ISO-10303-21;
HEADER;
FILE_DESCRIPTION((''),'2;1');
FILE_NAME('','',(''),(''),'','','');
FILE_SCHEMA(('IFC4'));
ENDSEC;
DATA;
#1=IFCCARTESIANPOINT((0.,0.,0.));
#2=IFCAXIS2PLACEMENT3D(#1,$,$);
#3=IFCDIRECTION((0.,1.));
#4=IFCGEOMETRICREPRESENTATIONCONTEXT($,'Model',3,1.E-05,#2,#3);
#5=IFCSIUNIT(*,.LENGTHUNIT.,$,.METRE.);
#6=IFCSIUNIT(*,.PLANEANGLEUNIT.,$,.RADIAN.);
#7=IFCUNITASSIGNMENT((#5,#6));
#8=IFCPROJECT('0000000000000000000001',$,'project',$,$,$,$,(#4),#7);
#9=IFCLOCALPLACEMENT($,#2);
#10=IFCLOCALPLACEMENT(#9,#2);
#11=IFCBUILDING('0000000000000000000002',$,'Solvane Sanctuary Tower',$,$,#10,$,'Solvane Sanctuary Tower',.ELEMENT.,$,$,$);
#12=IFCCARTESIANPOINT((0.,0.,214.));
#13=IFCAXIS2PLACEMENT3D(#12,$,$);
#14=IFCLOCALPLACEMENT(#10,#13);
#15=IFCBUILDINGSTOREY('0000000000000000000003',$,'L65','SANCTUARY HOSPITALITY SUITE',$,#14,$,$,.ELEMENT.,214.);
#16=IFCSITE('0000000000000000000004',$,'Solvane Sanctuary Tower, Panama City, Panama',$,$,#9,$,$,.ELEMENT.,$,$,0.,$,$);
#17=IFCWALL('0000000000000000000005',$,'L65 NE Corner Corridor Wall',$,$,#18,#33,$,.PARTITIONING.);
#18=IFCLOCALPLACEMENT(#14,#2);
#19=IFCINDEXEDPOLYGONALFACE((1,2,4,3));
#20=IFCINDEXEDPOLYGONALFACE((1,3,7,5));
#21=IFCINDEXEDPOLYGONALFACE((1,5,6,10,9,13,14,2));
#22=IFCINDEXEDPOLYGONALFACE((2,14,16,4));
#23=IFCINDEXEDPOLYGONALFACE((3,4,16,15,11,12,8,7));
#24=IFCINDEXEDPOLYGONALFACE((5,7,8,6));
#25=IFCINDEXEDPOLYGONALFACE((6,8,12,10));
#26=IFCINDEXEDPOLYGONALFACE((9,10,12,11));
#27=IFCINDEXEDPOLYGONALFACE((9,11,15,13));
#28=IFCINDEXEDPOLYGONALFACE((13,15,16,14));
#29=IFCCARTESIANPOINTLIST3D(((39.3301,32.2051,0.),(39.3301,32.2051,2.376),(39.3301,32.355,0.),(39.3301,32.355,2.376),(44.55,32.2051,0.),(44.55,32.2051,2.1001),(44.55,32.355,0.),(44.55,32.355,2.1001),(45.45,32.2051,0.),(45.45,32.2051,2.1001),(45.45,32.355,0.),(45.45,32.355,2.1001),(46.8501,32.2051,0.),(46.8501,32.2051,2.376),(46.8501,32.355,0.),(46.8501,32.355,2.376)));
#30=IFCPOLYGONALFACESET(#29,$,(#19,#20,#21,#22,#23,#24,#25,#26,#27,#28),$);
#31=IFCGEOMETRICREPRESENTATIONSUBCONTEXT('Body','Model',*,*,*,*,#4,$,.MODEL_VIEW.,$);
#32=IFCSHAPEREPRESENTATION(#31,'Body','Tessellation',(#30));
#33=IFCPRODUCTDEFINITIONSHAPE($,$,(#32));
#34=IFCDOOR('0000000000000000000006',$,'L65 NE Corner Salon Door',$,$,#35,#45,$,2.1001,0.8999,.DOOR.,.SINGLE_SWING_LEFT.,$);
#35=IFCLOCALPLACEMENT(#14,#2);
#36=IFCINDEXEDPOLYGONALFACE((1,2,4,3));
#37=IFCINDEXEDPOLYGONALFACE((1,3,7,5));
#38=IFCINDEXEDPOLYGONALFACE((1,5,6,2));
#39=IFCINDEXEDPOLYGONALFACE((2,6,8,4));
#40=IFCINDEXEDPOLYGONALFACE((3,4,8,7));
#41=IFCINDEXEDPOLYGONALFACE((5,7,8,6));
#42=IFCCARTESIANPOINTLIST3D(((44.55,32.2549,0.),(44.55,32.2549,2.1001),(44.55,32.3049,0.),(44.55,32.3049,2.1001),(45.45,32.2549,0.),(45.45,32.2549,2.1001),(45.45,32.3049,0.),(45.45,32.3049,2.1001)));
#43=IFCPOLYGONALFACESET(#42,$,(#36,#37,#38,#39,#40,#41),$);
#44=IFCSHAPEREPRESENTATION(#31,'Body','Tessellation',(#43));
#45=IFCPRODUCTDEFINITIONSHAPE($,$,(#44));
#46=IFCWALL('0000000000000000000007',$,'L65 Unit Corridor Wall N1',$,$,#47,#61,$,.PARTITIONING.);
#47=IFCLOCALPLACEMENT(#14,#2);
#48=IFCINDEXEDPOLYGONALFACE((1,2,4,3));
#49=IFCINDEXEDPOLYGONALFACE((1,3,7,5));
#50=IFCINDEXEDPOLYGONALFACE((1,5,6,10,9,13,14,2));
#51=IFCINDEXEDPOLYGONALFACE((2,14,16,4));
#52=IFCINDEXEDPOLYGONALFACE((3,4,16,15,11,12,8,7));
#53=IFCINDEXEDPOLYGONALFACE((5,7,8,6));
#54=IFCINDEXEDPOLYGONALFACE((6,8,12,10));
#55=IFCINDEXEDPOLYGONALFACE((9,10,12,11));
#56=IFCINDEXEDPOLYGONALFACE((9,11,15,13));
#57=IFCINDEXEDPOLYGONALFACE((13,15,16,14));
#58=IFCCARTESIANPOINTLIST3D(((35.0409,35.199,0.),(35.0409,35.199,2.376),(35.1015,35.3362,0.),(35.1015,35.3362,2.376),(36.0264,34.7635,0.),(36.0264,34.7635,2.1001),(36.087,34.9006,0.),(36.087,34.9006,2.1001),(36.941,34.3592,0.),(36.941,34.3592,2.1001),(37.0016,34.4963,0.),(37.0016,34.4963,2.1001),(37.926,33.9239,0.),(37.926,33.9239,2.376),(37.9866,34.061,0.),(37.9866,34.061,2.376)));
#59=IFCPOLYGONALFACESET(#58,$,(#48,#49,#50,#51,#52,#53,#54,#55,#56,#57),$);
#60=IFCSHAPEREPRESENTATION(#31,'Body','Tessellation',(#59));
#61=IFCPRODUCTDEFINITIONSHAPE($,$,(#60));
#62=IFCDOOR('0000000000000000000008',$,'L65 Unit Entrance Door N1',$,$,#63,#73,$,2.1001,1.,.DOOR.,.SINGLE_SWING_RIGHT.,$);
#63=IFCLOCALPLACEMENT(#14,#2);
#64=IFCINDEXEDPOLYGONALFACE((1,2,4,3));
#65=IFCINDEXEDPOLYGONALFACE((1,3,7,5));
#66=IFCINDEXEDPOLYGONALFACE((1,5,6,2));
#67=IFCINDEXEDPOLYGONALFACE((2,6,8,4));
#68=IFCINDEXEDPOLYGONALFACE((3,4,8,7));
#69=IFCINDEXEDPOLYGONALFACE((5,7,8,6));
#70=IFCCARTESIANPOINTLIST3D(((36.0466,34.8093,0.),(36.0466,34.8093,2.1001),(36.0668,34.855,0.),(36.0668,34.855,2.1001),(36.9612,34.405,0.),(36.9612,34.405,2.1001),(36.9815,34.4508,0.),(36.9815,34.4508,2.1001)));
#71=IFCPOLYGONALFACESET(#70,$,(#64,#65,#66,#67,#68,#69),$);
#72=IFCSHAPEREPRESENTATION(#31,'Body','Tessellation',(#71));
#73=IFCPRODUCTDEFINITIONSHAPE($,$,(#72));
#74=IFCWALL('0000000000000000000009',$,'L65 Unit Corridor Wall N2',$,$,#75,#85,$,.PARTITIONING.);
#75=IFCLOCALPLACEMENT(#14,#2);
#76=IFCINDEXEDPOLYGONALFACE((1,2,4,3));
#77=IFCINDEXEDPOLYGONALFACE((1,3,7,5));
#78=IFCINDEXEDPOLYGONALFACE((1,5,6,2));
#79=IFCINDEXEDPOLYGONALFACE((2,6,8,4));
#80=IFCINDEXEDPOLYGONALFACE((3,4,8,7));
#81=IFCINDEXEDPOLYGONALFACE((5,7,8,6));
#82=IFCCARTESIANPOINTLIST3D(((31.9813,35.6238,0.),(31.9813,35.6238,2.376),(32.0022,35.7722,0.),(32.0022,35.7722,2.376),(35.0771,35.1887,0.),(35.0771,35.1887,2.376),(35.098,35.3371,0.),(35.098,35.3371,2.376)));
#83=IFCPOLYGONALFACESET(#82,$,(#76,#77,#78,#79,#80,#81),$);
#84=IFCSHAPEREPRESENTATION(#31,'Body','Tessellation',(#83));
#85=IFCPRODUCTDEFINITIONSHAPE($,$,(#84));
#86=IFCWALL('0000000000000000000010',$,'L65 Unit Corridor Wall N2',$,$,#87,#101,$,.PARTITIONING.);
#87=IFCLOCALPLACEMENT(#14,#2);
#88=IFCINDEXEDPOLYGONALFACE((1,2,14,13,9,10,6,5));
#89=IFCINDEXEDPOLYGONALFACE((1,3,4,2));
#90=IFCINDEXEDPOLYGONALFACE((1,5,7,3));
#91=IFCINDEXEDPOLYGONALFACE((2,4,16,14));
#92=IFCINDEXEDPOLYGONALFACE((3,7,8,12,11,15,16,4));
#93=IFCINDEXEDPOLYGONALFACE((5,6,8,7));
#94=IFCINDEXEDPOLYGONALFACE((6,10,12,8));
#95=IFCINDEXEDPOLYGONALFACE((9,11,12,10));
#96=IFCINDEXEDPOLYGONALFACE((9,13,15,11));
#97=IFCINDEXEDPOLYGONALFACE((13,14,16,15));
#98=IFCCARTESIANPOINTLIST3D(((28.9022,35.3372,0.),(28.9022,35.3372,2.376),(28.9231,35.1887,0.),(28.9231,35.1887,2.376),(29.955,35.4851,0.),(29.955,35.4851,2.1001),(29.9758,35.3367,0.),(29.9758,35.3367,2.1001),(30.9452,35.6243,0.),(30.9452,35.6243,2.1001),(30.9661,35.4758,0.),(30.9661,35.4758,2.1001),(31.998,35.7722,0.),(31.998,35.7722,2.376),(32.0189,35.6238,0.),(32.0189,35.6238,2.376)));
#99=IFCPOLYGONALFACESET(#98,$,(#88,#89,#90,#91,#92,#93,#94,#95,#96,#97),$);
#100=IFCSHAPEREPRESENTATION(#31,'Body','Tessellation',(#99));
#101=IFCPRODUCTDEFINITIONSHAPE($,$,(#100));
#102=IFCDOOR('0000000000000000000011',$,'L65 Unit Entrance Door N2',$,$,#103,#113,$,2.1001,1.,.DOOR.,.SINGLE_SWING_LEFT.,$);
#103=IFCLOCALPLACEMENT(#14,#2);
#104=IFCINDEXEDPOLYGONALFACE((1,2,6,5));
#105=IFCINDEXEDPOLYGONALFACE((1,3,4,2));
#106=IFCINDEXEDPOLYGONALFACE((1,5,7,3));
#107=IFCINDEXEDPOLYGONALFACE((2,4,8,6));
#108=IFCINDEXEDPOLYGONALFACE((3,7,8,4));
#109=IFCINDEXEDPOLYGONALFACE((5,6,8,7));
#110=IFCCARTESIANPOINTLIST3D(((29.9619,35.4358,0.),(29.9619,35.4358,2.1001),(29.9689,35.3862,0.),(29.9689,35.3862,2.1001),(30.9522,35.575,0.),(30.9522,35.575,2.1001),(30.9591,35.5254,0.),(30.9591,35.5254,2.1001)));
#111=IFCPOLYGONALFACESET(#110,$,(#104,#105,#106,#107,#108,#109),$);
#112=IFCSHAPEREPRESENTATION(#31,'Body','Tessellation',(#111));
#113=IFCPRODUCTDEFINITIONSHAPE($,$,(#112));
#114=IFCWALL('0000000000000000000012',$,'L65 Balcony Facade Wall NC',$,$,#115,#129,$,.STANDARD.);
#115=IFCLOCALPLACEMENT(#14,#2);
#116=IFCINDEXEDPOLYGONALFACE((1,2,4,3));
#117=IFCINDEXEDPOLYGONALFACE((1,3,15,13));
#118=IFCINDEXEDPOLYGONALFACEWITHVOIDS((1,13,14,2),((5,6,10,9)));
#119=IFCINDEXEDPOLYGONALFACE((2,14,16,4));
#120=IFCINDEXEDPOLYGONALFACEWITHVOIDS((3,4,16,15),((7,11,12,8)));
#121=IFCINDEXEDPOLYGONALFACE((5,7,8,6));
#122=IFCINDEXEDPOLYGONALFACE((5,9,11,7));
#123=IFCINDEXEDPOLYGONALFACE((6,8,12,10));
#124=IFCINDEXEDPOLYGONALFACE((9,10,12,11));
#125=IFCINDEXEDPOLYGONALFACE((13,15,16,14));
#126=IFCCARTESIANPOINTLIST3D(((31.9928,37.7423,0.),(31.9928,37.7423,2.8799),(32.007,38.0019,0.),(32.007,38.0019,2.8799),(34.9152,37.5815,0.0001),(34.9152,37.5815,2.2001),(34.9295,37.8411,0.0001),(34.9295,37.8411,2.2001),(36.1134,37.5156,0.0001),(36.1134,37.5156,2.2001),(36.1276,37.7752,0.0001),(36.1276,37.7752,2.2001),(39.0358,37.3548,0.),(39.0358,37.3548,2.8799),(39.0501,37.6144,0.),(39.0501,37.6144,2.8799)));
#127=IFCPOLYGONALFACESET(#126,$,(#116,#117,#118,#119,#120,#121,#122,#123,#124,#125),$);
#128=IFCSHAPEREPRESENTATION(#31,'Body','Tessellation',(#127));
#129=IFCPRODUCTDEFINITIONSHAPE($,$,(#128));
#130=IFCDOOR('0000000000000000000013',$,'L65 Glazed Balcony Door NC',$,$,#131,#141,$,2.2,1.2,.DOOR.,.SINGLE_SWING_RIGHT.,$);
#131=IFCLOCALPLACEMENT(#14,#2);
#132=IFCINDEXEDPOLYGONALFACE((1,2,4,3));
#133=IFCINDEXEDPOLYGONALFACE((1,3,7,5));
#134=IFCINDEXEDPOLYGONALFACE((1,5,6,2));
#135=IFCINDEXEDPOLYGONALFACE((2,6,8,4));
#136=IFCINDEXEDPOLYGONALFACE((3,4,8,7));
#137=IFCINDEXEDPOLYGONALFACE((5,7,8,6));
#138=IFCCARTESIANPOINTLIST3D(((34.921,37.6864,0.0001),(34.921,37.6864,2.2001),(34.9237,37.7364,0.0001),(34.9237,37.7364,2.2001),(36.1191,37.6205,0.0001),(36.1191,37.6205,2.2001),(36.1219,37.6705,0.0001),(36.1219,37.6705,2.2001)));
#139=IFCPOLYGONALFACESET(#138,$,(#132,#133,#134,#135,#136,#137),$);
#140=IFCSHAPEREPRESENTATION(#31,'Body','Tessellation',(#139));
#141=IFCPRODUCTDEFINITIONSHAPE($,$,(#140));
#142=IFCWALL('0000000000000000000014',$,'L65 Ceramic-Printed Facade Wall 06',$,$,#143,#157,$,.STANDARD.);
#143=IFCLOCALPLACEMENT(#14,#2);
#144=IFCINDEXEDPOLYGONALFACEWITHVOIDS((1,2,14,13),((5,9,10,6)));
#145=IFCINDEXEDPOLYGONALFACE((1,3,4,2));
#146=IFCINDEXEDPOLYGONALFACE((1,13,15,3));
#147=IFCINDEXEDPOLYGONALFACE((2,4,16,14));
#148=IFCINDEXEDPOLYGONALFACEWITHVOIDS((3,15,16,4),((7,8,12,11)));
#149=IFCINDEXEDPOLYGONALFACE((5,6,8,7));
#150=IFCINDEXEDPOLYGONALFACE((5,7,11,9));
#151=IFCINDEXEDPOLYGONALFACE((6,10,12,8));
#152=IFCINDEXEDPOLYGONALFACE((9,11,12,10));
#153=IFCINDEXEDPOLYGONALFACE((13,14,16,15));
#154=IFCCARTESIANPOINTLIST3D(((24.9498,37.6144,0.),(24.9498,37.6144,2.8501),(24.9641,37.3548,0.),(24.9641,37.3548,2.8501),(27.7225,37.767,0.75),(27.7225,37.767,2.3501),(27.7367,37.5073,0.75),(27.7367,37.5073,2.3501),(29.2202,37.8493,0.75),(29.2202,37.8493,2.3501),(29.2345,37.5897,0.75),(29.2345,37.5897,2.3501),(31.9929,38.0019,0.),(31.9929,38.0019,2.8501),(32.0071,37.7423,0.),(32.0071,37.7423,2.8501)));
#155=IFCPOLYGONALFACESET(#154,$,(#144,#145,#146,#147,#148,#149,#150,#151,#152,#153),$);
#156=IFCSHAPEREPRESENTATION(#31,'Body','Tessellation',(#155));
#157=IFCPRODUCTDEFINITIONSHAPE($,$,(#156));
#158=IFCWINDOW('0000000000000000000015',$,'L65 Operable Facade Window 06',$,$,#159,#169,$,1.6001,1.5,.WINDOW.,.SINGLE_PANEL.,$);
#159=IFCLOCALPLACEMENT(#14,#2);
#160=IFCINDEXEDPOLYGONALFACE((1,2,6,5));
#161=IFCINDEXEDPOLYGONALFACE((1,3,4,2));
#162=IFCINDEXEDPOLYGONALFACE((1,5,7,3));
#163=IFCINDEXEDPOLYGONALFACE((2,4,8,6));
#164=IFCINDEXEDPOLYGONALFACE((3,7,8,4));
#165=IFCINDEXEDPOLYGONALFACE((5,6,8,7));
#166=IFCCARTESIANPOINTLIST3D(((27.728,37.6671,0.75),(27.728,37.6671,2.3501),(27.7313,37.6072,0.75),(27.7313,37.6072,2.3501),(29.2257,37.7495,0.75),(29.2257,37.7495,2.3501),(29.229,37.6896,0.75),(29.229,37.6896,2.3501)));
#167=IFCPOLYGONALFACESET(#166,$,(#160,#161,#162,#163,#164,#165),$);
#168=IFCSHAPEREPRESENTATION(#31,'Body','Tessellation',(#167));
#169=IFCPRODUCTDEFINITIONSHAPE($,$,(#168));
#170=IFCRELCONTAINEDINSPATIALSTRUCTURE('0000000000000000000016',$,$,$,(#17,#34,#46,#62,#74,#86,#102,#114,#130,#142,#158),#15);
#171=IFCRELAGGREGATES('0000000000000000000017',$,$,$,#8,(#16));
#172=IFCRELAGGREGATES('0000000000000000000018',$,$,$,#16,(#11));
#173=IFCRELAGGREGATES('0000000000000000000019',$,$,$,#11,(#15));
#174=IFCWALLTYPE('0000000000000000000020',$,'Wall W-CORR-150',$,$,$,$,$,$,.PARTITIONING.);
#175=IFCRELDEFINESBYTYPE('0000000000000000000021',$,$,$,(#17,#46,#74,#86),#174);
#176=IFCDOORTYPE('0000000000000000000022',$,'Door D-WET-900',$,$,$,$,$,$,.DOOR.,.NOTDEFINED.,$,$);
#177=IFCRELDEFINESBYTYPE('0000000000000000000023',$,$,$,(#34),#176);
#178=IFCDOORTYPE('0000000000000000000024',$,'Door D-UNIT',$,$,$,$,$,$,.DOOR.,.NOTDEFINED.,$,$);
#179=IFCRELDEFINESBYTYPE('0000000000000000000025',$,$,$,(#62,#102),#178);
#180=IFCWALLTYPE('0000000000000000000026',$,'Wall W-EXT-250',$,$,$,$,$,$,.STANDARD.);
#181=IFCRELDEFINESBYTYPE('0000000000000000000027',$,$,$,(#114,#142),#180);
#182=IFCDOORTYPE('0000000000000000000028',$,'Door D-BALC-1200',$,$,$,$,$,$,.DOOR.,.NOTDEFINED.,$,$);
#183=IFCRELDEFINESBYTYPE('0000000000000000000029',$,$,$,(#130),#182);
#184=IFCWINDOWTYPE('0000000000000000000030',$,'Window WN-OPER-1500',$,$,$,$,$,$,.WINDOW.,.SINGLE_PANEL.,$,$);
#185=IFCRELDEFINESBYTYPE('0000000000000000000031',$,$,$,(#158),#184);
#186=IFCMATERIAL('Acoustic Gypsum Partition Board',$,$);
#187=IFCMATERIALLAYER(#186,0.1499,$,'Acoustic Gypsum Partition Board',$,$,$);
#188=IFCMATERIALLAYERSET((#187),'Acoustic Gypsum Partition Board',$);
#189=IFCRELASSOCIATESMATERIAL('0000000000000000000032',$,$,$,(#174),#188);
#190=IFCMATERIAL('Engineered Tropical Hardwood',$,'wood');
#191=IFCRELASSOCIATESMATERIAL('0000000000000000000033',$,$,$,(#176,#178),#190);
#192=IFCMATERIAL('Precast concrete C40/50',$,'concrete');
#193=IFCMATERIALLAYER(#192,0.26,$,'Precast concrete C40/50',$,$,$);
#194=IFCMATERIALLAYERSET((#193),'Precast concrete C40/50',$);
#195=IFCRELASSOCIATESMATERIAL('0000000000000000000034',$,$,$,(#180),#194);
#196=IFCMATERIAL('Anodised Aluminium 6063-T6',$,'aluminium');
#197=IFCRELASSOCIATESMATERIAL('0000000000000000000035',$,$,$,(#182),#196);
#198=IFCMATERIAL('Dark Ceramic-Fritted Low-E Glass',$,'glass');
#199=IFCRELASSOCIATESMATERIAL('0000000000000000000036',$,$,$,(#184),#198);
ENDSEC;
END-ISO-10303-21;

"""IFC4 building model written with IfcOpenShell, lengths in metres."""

from ifc_helpers import new_model, si_unit, direction, frame, frame_2d, origin, place, context, subcontext, project, spatial, rectangle, extrude, material, layer, layer_set, type_object, element, fill, save


model = new_model("IFC4")

# Units and contexts
model_context = context("Model", 3, precision=1e-05, world=origin(), true_north=direction((0.0, 1.0)))
body_context = subcontext(model_context, "Body", "Model", "MODEL_VIEW")
ifc_project = project(units=[si_unit("LENGTHUNIT", "METRE"), si_unit("PLANEANGLEUNIT", "RADIAN")], contexts=[model_context])

# Site, building, storey
site_placement = place(None, origin())
site = spatial("IfcSite", under=ifc_project, at=site_placement, Name="Solvane Sanctuary Tower, Panama City, Panama", CompositionType="ELEMENT", RefElevation=0.0)
building_placement = place(site_placement, origin())
building = spatial("IfcBuilding", under=site, at=building_placement, Name="Solvane Sanctuary Tower", LongName="Solvane Sanctuary Tower", CompositionType="ELEMENT")
storey_placement = place(building_placement, frame((0.0, 0.0, 214.0)))
storey = spatial("IfcBuildingStorey", under=building, at=storey_placement, Name="L65", Description="SANCTUARY HOSPITALITY SUITE", CompositionType="ELEMENT", Elevation=214.0)

# Shared definitions
ifc_material_1 = material(Name="Acoustic Gypsum Partition Board")
ifc_layer_1 = layer(ifc_material_1, 0.1499, Name="Acoustic Gypsum Partition Board")
ifc_layer_set_1 = layer_set([ifc_layer_1], Name="Acoustic Gypsum Partition Board")
wall_type_1 = type_object("IfcWallType", Name="Wall W-CORR-150", PredefinedType="PARTITIONING", material=ifc_layer_set_1)

# Shared definitions
ifc_material_2 = material(Name="Engineered Tropical Hardwood", Category="wood")

# Walls, openings, doors
wall_1_placement = place(storey_placement, frame((39.3301, 32.28, 0.0), z_axis=(0.0, 0.0, 1.0), x_axis=(1.0, 0.0, 0.0)))
wall_1 = element("IfcWall", 1, at=wall_1_placement, inside=storey, type_object=wall_type_1, Name="L65 NE Corner Corridor Wall", PredefinedType="PARTITIONING", context=body_context, shape_type="SweptSolid", body=[
    extrude(rectangle(XDim=7.52, YDim=0.1499, at=frame_2d((3.76, 0.0))), origin(), (0.0, 0.0, 1.0), 2.376),
])
opening_1_placement = place(wall_1_placement, frame((5.22, 0.0, 0.0)))
opening_1 = element("IfcOpeningElement", 2, at=opening_1_placement, cuts=wall_1, PredefinedType="OPENING", context=body_context, shape_type="SweptSolid", body=[
    extrude(rectangle(XDim=0.8999, YDim=2.1001, at=frame_2d((0.45, 1.05))), frame((0.0, 0.085, 0.0), z_axis=(0.0, -1.0, 0.0), x_axis=(1.0, 0.0, 0.0)), (0.0, 0.0, 1.0), 0.1699),
])
door_type_1 = type_object("IfcDoorType", Name="Door D-WET-900", OperationType="NOTDEFINED", PredefinedType="DOOR", material=ifc_material_2)
door_1_placement = place(opening_1_placement, origin())
door_1 = element("IfcDoor", 3, at=door_1_placement, inside=storey, type_object=door_type_1, Name="L65 NE Corner Salon Door", OperationType="SINGLE_SWING_LEFT", OverallHeight=2.1001, OverallWidth=0.8999, PredefinedType="DOOR", context=body_context, shape_type="SweptSolid", body=[
    extrude(rectangle(XDim=0.8999, YDim=2.1001, at=frame_2d((0.45, 1.05))), frame((0.0, 0.0249, 0.0), z_axis=(0.0, -1.0, 0.0), x_axis=(1.0, 0.0, 0.0)), (0.0, 0.0, 1.0), 0.05),
])
fill(opening_1, door_1)
wall_2_placement = place(storey_placement, frame((37.9563, 33.9924, 0.0), z_axis=(0.0, 0.0, 1.0), x_axis=(-0.914643, 0.404263, 0.0)))
wall_2 = element("IfcWall", 4, at=wall_2_placement, inside=storey, type_object=wall_type_1, Name="L65 Unit Corridor Wall N1", PredefinedType="PARTITIONING", context=body_context, shape_type="SweptSolid", body=[
    extrude(rectangle(XDim=3.1543, YDim=0.1499, at=frame_2d((1.5771, 0.0))), origin(), (0.0, 0.0, 1.0), 2.376),
])
opening_2_placement = place(wall_2_placement, frame((1.0769, 0.0, 0.0)))
opening_2 = element("IfcOpeningElement", 5, at=opening_2_placement, cuts=wall_2, PredefinedType="OPENING", context=body_context, shape_type="SweptSolid", body=[
    extrude(rectangle(XDim=1.0, YDim=2.1001, at=frame_2d((0.5, 1.05))), frame((0.0, 0.085, 0.0), z_axis=(0.0, -1.0, 0.0), x_axis=(1.0, 0.0, 0.0)), (0.0, 0.0, 1.0), 0.1699),
])
door_type_2 = type_object("IfcDoorType", Name="Door D-UNIT", OperationType="NOTDEFINED", PredefinedType="DOOR", material=ifc_material_2)
door_2_placement = place(opening_2_placement, origin())
door_2 = element("IfcDoor", 6, at=door_2_placement, inside=storey, type_object=door_type_2, Name="L65 Unit Entrance Door N1", OperationType="SINGLE_SWING_RIGHT", OverallHeight=2.1001, OverallWidth=1.0, PredefinedType="DOOR", context=body_context, shape_type="SweptSolid", body=[
    extrude(rectangle(XDim=1.0, YDim=2.1001, at=frame_2d((0.5, 1.05))), frame((0.0, 0.0249, 0.0), z_axis=(0.0, -1.0, 0.0), x_axis=(1.0, 0.0, 0.0)), (0.0, 0.0, 1.0), 0.05),
])
fill(opening_2, door_2)

# Wall
wall_3_placement = place(storey_placement, frame((35.0874, 35.2629, 0.0), z_axis=(0.0, 0.0, 1.0), x_axis=(-0.990269, 0.139169, 0.0)))
element("IfcWall", 7, at=wall_3_placement, inside=storey, type_object=wall_type_1, Name="L65 Unit Corridor Wall N2", PredefinedType="PARTITIONING", context=body_context, shape_type="SweptSolid", body=[
    extrude(rectangle(XDim=3.1262, YDim=0.1499, at=frame_2d((1.563, 0.0))), origin(), (0.0, 0.0, 1.0), 2.376),
])

# Walls, openings, doors
wall_4_placement = place(storey_placement, frame((32.0083, 35.698, 0.0), z_axis=(0.0, 0.0, 1.0), x_axis=(-0.990269, -0.139169, 0.0)))
wall_4 = element("IfcWall", 8, at=wall_4_placement, inside=storey, type_object=wall_type_1, Name="L65 Unit Corridor Wall N2", PredefinedType="PARTITIONING", context=body_context, shape_type="SweptSolid", body=[
    extrude(rectangle(XDim=3.1262, YDim=0.1499, at=frame_2d((1.563, 0.0))), origin(), (0.0, 0.0, 1.0), 2.376),
])
opening_3_placement = place(wall_4_placement, frame((1.063, 0.0, 0.0)))
opening_3 = element("IfcOpeningElement", 9, at=opening_3_placement, cuts=wall_4, PredefinedType="OPENING", context=body_context, shape_type="SweptSolid", body=[
    extrude(rectangle(XDim=1.0, YDim=2.1001, at=frame_2d((0.5, 1.05))), frame((0.0, 0.085, 0.0), z_axis=(0.0, -1.0, 0.0), x_axis=(1.0, 0.0, 0.0)), (0.0, 0.0, 1.0), 0.1699),
])
door_3_placement = place(opening_3_placement, origin())
door_3 = element("IfcDoor", 10, at=door_3_placement, inside=storey, type_object=door_type_2, Name="L65 Unit Entrance Door N2", OperationType="SINGLE_SWING_LEFT", OverallHeight=2.1001, OverallWidth=1.0, PredefinedType="DOOR", context=body_context, shape_type="SweptSolid", body=[
    extrude(rectangle(XDim=1.0, YDim=2.1001, at=frame_2d((0.5, 1.05))), frame((0.0, 0.0249, 0.0), z_axis=(0.0, -1.0, 0.0), x_axis=(1.0, 0.0, 0.0)), (0.0, 0.0, 1.0), 0.05),
])
fill(opening_3, door_3)
ifc_material_3 = material(Name="Precast concrete C40/50", Category="concrete")
ifc_layer_2 = layer(ifc_material_3, 0.26, Name="Precast concrete C40/50")
ifc_layer_set_2 = layer_set([ifc_layer_2], Name="Precast concrete C40/50")
wall_type_2 = type_object("IfcWallType", Name="Wall W-EXT-250", PredefinedType="STANDARD", material=ifc_layer_set_2)
wall_5_placement = place(storey_placement, frame((39.043, 37.4846, 0.0), z_axis=(0.0, 0.0, 1.0), x_axis=(-0.99849, 0.054929, 0.0)))
wall_5 = element("IfcWall", 11, at=wall_5_placement, inside=storey, type_object=wall_type_2, Name="L65 Balcony Facade Wall NC", PredefinedType="STANDARD", context=body_context, shape_type="SweptSolid", body=[
    extrude(rectangle(XDim=7.0537, YDim=0.26, at=frame_2d((3.5269, 0.0))), origin(), (0.0, 0.0, 1.0), 2.8799),
])
opening_4_placement = place(wall_5_placement, frame((2.9268, 0.0, 0.0)))
opening_4 = element("IfcOpeningElement", 12, at=opening_4_placement, cuts=wall_5, PredefinedType="OPENING", context=body_context, shape_type="SweptSolid", body=[
    extrude(rectangle(XDim=1.2, YDim=2.2, at=frame_2d((0.6001, 1.1001))), frame((0.0, 0.1399, 0.0), z_axis=(0.0, -1.0, 0.0), x_axis=(1.0, 0.0, 0.0)), (0.0, 0.0, 1.0), 0.28),
])
ifc_material_4 = material(Name="Anodised Aluminium 6063-T6", Category="aluminium")
door_type_3 = type_object("IfcDoorType", Name="Door D-BALC-1200", OperationType="NOTDEFINED", PredefinedType="DOOR", material=ifc_material_4)
door_4_placement = place(opening_4_placement, origin())
door_4 = element("IfcDoor", 13, at=door_4_placement, inside=storey, type_object=door_type_3, Name="L65 Glazed Balcony Door NC", OperationType="SINGLE_SWING_RIGHT", OverallHeight=2.2, OverallWidth=1.2, PredefinedType="DOOR", context=body_context, shape_type="SweptSolid", body=[
    extrude(rectangle(XDim=1.2, YDim=2.2, at=frame_2d((0.6001, 1.1001))), frame((0.0, 0.0249, 0.0), z_axis=(0.0, -1.0, 0.0), x_axis=(1.0, 0.0, 0.0)), (0.0, 0.0, 1.0), 0.05),
])
fill(opening_4, door_4)

# Wall, opening, window
wall_6_placement = place(storey_placement, frame((32.0, 37.8721, 0.0), z_axis=(0.0, 0.0, 1.0), x_axis=(-0.99849, -0.054929, 0.0)))
wall_6 = element("IfcWall", 14, at=wall_6_placement, inside=storey, type_object=wall_type_2, Name="L65 Ceramic-Printed Facade Wall 06", PredefinedType="STANDARD", context=body_context, shape_type="SweptSolid", body=[
    extrude(rectangle(XDim=7.0537, YDim=0.26, at=frame_2d((3.5269, 0.0))), origin(), (0.0, 0.0, 1.0), 2.8501),
])
opening_5_placement = place(wall_6_placement, frame((2.7769, 0.0, 0.75)))
opening_5 = element("IfcOpeningElement", 15, at=opening_5_placement, cuts=wall_6, PredefinedType="OPENING", context=body_context, shape_type="SweptSolid", body=[
    extrude(rectangle(XDim=1.5, YDim=1.6001, at=frame_2d((0.75, 0.8))), frame((0.0, 0.1399, 0.0), z_axis=(0.0, -1.0, 0.0), x_axis=(1.0, 0.0, 0.0)), (0.0, 0.0, 1.0), 0.28),
])
ifc_material_5 = material(Name="Dark Ceramic-Fritted Low-E Glass", Category="glass")
window_type = type_object("IfcWindowType", Name="Window WN-OPER-1500", PartitioningType="SINGLE_PANEL", PredefinedType="WINDOW", material=ifc_material_5)
window_placement = place(opening_5_placement, origin())
window = element("IfcWindow", 16, at=window_placement, inside=storey, type_object=window_type, Name="L65 Operable Facade Window 06", OverallHeight=1.6001, OverallWidth=1.5, PartitioningType="SINGLE_PANEL", PredefinedType="WINDOW", context=body_context, shape_type="SweptSolid", body=[
    extrude(rectangle(XDim=1.5, YDim=1.6001, at=frame_2d((0.75, 0.8))), frame((0.0, 0.03, 0.0), z_axis=(0.0, -1.0, 0.0), x_axis=(1.0, 0.0, 0.0)), (0.0, 0.0, 1.0), 0.0601),
])
fill(opening_5, window)

save(model, "model.ifc")
